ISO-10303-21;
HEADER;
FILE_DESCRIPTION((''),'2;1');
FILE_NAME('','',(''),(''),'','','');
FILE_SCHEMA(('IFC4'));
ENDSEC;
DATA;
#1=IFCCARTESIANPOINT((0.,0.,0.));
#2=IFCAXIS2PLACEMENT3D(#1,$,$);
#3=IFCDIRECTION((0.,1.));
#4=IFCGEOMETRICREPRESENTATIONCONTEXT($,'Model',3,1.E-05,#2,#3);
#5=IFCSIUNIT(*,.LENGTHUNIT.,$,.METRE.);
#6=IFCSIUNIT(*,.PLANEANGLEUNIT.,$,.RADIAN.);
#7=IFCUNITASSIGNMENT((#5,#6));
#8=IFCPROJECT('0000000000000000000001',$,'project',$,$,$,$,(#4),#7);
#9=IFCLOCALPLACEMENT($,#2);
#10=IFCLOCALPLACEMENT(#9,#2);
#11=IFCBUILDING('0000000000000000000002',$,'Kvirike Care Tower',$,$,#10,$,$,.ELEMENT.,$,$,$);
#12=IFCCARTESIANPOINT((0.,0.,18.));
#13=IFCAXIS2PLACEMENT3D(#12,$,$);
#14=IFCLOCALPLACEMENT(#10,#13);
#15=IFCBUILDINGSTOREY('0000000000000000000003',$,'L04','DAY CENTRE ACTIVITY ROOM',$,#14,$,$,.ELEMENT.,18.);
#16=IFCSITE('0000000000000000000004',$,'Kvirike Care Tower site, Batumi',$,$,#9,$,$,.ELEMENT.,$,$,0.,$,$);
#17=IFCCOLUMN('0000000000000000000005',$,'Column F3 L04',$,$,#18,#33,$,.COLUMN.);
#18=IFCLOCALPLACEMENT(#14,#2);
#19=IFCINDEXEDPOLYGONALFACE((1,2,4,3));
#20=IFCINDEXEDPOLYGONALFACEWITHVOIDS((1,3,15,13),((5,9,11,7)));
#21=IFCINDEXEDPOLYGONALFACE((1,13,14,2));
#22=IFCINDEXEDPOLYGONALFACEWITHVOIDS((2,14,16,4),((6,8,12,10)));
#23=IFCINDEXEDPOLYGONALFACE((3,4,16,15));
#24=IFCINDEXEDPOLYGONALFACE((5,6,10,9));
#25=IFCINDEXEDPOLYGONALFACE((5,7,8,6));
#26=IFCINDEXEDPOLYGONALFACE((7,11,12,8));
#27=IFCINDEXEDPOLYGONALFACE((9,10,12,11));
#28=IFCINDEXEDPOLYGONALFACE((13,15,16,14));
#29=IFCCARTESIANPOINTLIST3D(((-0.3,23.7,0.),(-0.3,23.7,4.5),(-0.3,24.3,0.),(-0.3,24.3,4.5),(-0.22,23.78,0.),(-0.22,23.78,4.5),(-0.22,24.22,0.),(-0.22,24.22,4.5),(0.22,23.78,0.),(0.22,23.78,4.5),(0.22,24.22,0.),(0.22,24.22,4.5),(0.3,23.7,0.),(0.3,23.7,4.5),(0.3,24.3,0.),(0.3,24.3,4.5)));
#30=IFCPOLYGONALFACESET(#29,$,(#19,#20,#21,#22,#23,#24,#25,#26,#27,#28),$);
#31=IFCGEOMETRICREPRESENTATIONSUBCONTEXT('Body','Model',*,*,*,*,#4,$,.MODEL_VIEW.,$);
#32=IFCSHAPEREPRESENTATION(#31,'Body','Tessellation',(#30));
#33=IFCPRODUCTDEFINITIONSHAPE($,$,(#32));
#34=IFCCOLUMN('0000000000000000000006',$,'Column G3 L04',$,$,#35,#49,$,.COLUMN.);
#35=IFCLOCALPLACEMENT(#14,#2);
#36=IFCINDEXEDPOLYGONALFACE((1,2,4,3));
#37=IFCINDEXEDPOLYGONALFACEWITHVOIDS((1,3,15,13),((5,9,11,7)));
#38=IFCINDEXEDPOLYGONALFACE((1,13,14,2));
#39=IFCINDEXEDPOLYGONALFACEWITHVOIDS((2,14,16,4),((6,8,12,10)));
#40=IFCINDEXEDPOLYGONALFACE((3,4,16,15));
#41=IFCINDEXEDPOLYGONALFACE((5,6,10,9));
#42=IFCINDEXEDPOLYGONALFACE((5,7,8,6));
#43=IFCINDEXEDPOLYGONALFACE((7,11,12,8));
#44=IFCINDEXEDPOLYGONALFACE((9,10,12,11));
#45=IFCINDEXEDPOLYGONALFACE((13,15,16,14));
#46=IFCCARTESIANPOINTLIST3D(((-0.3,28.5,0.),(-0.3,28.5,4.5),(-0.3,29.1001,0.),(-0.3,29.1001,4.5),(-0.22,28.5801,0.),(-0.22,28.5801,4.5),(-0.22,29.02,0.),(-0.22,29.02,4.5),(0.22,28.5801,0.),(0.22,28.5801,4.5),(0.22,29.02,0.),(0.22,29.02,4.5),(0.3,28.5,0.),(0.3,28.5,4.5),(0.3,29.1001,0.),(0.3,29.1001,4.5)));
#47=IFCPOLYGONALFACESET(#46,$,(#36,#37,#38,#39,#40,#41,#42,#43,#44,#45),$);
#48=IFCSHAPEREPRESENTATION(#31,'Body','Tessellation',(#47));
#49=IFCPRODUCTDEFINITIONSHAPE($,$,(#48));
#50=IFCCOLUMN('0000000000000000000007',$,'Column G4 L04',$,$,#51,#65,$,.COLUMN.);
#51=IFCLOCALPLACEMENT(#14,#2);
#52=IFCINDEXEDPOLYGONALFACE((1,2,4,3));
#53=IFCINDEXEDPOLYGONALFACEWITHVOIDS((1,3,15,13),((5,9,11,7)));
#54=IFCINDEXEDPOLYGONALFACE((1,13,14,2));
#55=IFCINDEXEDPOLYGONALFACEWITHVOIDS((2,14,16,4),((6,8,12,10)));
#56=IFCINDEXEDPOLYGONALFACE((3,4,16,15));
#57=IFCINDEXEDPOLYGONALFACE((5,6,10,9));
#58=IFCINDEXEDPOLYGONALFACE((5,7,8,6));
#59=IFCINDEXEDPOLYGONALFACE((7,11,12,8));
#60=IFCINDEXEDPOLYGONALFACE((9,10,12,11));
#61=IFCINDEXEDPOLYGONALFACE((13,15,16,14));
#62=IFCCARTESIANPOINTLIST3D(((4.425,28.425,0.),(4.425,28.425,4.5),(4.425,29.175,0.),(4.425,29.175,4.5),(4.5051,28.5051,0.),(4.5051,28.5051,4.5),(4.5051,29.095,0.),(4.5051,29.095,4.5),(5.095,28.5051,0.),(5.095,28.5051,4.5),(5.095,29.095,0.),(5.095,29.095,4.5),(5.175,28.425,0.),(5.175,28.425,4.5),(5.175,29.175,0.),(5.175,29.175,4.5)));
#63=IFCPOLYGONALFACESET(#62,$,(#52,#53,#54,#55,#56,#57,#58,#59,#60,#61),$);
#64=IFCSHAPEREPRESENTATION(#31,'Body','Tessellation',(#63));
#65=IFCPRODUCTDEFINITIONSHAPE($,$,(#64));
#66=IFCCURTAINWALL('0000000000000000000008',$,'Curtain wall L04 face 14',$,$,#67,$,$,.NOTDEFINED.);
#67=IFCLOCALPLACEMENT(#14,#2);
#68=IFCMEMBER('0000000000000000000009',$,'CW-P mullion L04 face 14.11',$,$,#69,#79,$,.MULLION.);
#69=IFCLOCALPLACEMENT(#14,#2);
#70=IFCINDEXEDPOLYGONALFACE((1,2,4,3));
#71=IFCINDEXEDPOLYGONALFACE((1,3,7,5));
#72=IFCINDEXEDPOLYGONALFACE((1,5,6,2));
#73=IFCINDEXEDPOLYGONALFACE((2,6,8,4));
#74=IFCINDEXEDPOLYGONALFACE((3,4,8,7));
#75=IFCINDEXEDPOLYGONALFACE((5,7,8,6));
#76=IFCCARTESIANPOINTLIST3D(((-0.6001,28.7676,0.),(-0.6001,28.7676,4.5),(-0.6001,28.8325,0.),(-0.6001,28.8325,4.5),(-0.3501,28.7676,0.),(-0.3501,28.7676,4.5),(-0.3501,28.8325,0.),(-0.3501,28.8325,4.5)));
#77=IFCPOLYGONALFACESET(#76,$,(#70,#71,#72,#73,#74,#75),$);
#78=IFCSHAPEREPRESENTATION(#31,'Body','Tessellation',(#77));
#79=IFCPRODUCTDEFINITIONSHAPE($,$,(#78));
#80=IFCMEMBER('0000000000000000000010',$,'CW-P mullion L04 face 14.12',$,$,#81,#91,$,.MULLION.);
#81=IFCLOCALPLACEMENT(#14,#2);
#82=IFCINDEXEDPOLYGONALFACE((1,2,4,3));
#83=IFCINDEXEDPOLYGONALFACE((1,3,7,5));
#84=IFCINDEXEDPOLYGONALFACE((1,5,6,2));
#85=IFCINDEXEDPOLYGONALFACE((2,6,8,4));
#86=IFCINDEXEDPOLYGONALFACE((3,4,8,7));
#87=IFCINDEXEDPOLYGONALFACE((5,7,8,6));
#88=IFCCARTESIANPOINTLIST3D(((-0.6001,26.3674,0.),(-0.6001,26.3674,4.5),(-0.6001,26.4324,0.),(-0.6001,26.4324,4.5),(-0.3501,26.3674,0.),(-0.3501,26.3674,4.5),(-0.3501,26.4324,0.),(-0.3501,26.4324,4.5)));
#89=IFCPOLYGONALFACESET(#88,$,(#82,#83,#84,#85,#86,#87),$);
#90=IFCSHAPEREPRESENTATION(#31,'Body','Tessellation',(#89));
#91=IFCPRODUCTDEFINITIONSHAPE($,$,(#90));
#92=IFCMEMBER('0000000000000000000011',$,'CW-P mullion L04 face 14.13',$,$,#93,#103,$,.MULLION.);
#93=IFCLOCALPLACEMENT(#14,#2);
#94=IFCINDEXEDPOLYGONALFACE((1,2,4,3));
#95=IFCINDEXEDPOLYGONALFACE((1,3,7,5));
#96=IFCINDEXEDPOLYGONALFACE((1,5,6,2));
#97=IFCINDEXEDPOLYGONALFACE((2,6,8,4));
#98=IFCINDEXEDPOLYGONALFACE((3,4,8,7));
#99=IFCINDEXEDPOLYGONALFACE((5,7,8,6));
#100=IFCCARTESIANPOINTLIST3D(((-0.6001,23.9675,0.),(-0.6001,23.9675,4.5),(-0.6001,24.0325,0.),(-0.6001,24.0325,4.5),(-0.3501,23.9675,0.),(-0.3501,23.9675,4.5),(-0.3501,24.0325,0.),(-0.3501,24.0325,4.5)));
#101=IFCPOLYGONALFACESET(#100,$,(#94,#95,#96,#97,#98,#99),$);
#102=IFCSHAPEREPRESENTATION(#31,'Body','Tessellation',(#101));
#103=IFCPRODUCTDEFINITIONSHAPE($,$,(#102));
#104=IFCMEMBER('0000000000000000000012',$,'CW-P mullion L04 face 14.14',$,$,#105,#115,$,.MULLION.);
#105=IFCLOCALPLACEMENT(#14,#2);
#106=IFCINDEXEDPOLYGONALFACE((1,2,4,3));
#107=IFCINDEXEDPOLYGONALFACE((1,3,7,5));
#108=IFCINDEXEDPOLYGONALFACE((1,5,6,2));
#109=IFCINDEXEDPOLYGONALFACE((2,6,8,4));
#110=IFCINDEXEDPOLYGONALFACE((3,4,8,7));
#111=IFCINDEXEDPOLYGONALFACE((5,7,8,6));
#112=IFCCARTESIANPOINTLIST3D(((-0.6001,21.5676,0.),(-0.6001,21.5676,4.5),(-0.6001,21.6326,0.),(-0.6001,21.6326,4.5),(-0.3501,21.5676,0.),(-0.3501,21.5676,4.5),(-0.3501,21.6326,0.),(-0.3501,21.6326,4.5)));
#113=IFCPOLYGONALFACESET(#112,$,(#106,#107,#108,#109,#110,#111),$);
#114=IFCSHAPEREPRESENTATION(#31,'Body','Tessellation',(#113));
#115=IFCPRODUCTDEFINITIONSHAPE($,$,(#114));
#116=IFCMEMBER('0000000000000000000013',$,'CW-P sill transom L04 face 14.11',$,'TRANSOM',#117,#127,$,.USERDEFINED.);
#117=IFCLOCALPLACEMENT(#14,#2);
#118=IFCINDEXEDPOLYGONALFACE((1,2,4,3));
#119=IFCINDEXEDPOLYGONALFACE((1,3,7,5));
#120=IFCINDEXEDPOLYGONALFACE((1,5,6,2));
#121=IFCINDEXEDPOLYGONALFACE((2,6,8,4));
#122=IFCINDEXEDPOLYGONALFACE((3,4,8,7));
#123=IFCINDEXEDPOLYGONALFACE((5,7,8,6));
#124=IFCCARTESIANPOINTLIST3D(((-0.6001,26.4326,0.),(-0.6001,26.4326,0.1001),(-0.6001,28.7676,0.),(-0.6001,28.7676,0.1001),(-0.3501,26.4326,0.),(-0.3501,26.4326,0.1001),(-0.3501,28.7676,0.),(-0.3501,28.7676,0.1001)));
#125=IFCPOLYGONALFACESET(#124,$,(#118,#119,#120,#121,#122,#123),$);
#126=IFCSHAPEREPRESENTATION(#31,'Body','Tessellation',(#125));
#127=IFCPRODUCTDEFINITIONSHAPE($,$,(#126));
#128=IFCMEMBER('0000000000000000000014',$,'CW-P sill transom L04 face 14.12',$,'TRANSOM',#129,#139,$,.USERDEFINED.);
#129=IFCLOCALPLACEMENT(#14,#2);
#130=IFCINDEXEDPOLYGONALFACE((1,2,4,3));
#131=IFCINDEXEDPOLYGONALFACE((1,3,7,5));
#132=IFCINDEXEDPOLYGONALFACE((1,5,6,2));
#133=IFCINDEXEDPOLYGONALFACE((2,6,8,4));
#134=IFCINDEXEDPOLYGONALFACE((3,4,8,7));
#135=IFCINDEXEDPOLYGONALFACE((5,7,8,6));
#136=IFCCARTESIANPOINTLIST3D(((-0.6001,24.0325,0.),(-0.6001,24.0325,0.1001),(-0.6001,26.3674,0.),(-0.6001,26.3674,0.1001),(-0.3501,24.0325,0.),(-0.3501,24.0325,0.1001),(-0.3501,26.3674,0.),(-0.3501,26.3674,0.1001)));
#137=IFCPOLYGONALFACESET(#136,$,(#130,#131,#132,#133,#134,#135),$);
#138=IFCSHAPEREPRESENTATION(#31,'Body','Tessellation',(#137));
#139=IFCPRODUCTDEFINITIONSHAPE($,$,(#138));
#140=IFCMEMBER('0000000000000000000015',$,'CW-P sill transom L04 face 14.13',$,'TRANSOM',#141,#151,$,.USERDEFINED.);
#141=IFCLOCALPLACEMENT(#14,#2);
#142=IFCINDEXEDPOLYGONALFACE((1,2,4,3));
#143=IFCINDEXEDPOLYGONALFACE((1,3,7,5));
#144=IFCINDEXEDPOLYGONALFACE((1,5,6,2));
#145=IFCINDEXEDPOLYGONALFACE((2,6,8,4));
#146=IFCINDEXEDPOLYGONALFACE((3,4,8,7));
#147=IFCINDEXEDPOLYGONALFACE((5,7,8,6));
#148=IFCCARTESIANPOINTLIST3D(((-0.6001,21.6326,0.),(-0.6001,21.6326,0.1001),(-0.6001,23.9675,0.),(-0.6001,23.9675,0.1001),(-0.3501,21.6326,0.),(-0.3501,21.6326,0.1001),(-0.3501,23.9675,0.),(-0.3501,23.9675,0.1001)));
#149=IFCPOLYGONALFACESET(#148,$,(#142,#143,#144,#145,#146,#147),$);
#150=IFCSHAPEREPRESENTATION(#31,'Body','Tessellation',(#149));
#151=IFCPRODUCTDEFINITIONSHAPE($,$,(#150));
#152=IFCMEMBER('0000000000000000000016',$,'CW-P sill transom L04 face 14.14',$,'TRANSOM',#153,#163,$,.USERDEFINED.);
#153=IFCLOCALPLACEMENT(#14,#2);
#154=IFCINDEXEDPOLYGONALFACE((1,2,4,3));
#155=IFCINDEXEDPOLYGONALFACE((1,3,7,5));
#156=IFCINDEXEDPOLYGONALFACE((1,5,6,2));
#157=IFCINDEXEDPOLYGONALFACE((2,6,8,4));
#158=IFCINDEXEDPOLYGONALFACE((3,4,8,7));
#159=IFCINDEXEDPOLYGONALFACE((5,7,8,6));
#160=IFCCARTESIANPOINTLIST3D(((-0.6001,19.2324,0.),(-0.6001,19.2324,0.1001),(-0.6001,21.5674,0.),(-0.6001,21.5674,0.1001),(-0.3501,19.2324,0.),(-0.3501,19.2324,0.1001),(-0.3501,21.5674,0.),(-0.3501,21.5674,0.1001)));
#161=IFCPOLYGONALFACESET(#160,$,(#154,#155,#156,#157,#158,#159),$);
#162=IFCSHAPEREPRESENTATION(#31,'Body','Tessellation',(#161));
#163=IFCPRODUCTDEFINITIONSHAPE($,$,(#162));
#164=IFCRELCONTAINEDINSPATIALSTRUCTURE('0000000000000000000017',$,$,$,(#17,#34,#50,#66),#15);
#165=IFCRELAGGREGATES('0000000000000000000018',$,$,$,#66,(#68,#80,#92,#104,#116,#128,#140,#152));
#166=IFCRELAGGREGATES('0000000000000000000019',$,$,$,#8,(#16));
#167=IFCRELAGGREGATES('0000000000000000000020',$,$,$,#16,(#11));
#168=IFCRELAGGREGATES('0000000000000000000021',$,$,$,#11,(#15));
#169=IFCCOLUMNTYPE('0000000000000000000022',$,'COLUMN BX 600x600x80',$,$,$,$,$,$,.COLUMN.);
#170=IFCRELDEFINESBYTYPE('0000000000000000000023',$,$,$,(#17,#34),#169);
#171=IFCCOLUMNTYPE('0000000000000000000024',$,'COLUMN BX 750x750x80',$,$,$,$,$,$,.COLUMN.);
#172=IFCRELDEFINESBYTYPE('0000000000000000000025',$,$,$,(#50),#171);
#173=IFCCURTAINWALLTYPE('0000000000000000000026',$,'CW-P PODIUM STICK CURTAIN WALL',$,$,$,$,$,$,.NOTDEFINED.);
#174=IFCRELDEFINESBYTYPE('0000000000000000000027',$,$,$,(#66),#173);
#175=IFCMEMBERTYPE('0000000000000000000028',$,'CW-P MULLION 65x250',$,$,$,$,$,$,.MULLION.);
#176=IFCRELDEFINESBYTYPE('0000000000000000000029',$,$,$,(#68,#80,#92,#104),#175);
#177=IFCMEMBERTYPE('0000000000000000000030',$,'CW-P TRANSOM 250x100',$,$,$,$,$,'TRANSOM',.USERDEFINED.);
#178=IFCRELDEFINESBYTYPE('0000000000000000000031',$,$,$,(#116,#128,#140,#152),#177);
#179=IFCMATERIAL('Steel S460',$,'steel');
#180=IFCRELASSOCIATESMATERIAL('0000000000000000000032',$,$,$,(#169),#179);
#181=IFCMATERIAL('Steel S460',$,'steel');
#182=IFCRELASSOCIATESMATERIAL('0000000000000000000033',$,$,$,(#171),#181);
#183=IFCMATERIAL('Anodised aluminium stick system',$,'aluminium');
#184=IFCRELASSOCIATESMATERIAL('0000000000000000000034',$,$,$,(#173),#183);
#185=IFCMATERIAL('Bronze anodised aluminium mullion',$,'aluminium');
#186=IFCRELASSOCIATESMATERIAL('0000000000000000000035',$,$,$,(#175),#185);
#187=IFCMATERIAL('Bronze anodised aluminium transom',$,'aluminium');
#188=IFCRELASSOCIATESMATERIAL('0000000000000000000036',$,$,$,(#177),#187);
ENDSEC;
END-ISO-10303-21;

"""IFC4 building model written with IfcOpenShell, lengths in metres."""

from ifc_helpers import new_model, si_unit, direction, frame, origin, origin_2d, place, context, subcontext, project, spatial, rectangle, hollow_rectangle, extrude, material, material_profile, profile_set, type_object, element, aggregate, save


model = new_model("IFC4")

# Units and contexts
model_context = context("Model", 3, precision=1e-05, world=origin(), true_north=direction((0.0, 1.0)))
body_context = subcontext(model_context, "Body", "Model", "MODEL_VIEW")
ifc_project = project(units=[si_unit("LENGTHUNIT", "METRE"), si_unit("PLANEANGLEUNIT", "RADIAN")], contexts=[model_context])

# Site, building, storey
site_placement = place(None, origin())
site = spatial("IfcSite", under=ifc_project, at=site_placement, Name="Kvirike Care Tower site, Batumi", CompositionType="ELEMENT", RefElevation=0.0)
building_placement = place(site_placement, origin())
building = spatial("IfcBuilding", under=site, at=building_placement, Name="Kvirike Care Tower", CompositionType="ELEMENT")
storey_placement = place(building_placement, frame((0.0, 0.0, 18.0)))
storey = spatial("IfcBuildingStorey", under=building, at=storey_placement, Name="L04", Description="DAY CENTRE ACTIVITY ROOM", CompositionType="ELEMENT", Elevation=18.0)

# Columns
ifc_material_1 = material(Name="Steel S460", Category="steel")
ifc_material_profile_1 = material_profile(ifc_material_1, hollow_rectangle(XDim=0.6001, YDim=0.6001, WallThickness=0.0801, at=origin_2d()), Name="BX 600x600x80")
ifc_profile_set_1 = profile_set([ifc_material_profile_1], Name="Steel S460")
column_type_1 = type_object("IfcColumnType", Name="COLUMN BX 600x600x80", PredefinedType="COLUMN", material=ifc_profile_set_1)
for number, where, z_axis, x_axis, name in (
    (1, (0.0, 24.0, 0.0), (0.0, 0.0, 1.0), (1.0, 0.0, 0.0), "Column F3 L04"),
    (2, (0.0, 28.8, 0.0), (0.0, 0.0, 1.0), (0.0, 1.0, 0.0), "Column G3 L04"),
):
    element("IfcColumn", number, at=place(storey_placement, frame(where, z_axis=z_axis, x_axis=x_axis)), inside=storey, type_object=column_type_1, Name=name, PredefinedType="COLUMN", context=body_context, shape_type="SweptSolid", body=[
        extrude(hollow_rectangle(XDim=0.6001, YDim=0.6001, WallThickness=0.0801, at=origin_2d()), origin(), (0.0, 0.0, 1.0), 4.5),
    ])
ifc_material_2 = material(Name="Steel S460", Category="steel")
ifc_material_profile_2 = material_profile(ifc_material_2, hollow_rectangle(XDim=0.75, YDim=0.75, WallThickness=0.0801, at=origin_2d()), Name="BX 750x750x80")
ifc_profile_set_2 = profile_set([ifc_material_profile_2], Name="Steel S460")
column_type_2 = type_object("IfcColumnType", Name="COLUMN BX 750x750x80", PredefinedType="COLUMN", material=ifc_profile_set_2)
column_placement = place(storey_placement, frame((4.8, 28.8, 0.0), z_axis=(0.0, 0.0, 1.0), x_axis=(0.0, 1.0, 0.0)))
element("IfcColumn", 3, at=column_placement, inside=storey, type_object=column_type_2, Name="Column G4 L04", PredefinedType="COLUMN", context=body_context, shape_type="SweptSolid", body=[
    extrude(hollow_rectangle(XDim=0.75, YDim=0.75, WallThickness=0.0801, at=origin_2d()), origin(), (0.0, 0.0, 1.0), 4.5),
])

# Curtain wall, members
ifc_material_3 = material(Name="Anodised aluminium stick system", Category="aluminium")
curtain_wall_type = type_object("IfcCurtainWallType", Name="CW-P PODIUM STICK CURTAIN WALL", PredefinedType="NOTDEFINED", material=ifc_material_3)
curtain_wall_placement = place(storey_placement, origin())
curtain_wall = element("IfcCurtainWall", 4, at=curtain_wall_placement, inside=storey, type_object=curtain_wall_type, Name="Curtain wall L04 face 14", PredefinedType="NOTDEFINED")
ifc_material_4 = material(Name="Bronze anodised aluminium mullion", Category="aluminium")
ifc_material_profile_3 = material_profile(ifc_material_4, rectangle(XDim=0.0649, YDim=0.25, at=origin_2d()), Name="CW-P MULLION 65x250")
ifc_profile_set_3 = profile_set([ifc_material_profile_3], Name="Bronze anodised aluminium mullion")
member_type_1 = type_object("IfcMemberType", Name="CW-P MULLION 65x250", PredefinedType="MULLION", material=ifc_profile_set_3)
member_1_placement = place(storey_placement, frame((-0.4751, 28.8, 0.0), z_axis=(0.0, 0.0, 1.0), x_axis=(0.0, -1.0, 0.0)))
member_1 = element("IfcMember", 5, at=member_1_placement, type_object=member_type_1, Name="CW-P mullion L04 face 14.11", PredefinedType="MULLION", context=body_context, shape_type="SweptSolid", body=[
    extrude(rectangle(XDim=0.0649, YDim=0.25, at=origin_2d()), origin(), (0.0, 0.0, 1.0), 4.5),
])
member_2_placement = place(storey_placement, frame((-0.4751, 26.3999, 0.0), z_axis=(0.0, 0.0, 1.0), x_axis=(0.0, -1.0, 0.0)))
member_2 = element("IfcMember", 6, at=member_2_placement, type_object=member_type_1, Name="CW-P mullion L04 face 14.12", PredefinedType="MULLION", context=body_context, shape_type="SweptSolid", body=[
    extrude(rectangle(XDim=0.0649, YDim=0.25, at=origin_2d()), origin(), (0.0, 0.0, 1.0), 4.5),
])
member_3_placement = place(storey_placement, frame((-0.4751, 24.0, 0.0), z_axis=(0.0, 0.0, 1.0), x_axis=(0.0, -1.0, 0.0)))
member_3 = element("IfcMember", 7, at=member_3_placement, type_object=member_type_1, Name="CW-P mullion L04 face 14.13", PredefinedType="MULLION", context=body_context, shape_type="SweptSolid", body=[
    extrude(rectangle(XDim=0.0649, YDim=0.25, at=origin_2d()), origin(), (0.0, 0.0, 1.0), 4.5),
])
member_4_placement = place(storey_placement, frame((-0.4751, 21.6001, 0.0), z_axis=(0.0, 0.0, 1.0), x_axis=(0.0, -1.0, 0.0)))
member_4 = element("IfcMember", 8, at=member_4_placement, type_object=member_type_1, Name="CW-P mullion L04 face 14.14", PredefinedType="MULLION", context=body_context, shape_type="SweptSolid", body=[
    extrude(rectangle(XDim=0.0649, YDim=0.25, at=origin_2d()), origin(), (0.0, 0.0, 1.0), 4.5),
])
ifc_material_5 = material(Name="Bronze anodised aluminium transom", Category="aluminium")
ifc_material_profile_4 = material_profile(ifc_material_5, rectangle(XDim=0.25, YDim=0.1001, at=origin_2d()), Name="CW-P TRANSOM 250x100")
ifc_profile_set_4 = profile_set([ifc_material_profile_4], Name="Bronze anodised aluminium transom")
member_type_2 = type_object("IfcMemberType", Name="CW-P TRANSOM 250x100", ElementType="TRANSOM", PredefinedType="USERDEFINED", material=ifc_profile_set_4)
member_5_placement = place(storey_placement, frame((-0.4751, 28.7676, 0.05), z_axis=(0.0, -1.0, 0.0), x_axis=(1.0, 0.0, 0.0)))
member_5 = element("IfcMember", 9, at=member_5_placement, type_object=member_type_2, Name="CW-P sill transom L04 face 14.11", ObjectType="TRANSOM", PredefinedType="USERDEFINED", context=body_context, shape_type="SweptSolid", body=[
    extrude(rectangle(XDim=0.25, YDim=0.1001, at=origin_2d()), origin(), (0.0, 0.0, 1.0), 2.335),
])
member_6_placement = place(storey_placement, frame((-0.4751, 26.3674, 0.05), z_axis=(0.0, -1.0, 0.0), x_axis=(1.0, 0.0, 0.0)))
member_6 = element("IfcMember", 10, at=member_6_placement, type_object=member_type_2, Name="CW-P sill transom L04 face 14.12", ObjectType="TRANSOM", PredefinedType="USERDEFINED", context=body_context, shape_type="SweptSolid", body=[
    extrude(rectangle(XDim=0.25, YDim=0.1001, at=origin_2d()), origin(), (0.0, 0.0, 1.0), 2.335),
])
member_7_placement = place(storey_placement, frame((-0.4751, 23.9675, 0.05), z_axis=(0.0, -1.0, 0.0), x_axis=(1.0, 0.0, 0.0)))
member_7 = element("IfcMember", 11, at=member_7_placement, type_object=member_type_2, Name="CW-P sill transom L04 face 14.13", ObjectType="TRANSOM", PredefinedType="USERDEFINED", context=body_context, shape_type="SweptSolid", body=[
    extrude(rectangle(XDim=0.25, YDim=0.1001, at=origin_2d()), origin(), (0.0, 0.0, 1.0), 2.335),
])
member_8_placement = place(storey_placement, frame((-0.4751, 21.5674, 0.05), z_axis=(0.0, -1.0, 0.0), x_axis=(1.0, 0.0, 0.0)))
member_8 = element("IfcMember", 12, at=member_8_placement, type_object=member_type_2, Name="CW-P sill transom L04 face 14.14", ObjectType="TRANSOM", PredefinedType="USERDEFINED", context=body_context, shape_type="SweptSolid", body=[
    extrude(rectangle(XDim=0.25, YDim=0.1001, at=origin_2d()), origin(), (0.0, 0.0, 1.0), 2.335),
])

aggregate(curtain_wall, [member_1, member_2, member_3, member_4, member_5, member_6, member_7, member_8])

save(model, "model.ifc")
